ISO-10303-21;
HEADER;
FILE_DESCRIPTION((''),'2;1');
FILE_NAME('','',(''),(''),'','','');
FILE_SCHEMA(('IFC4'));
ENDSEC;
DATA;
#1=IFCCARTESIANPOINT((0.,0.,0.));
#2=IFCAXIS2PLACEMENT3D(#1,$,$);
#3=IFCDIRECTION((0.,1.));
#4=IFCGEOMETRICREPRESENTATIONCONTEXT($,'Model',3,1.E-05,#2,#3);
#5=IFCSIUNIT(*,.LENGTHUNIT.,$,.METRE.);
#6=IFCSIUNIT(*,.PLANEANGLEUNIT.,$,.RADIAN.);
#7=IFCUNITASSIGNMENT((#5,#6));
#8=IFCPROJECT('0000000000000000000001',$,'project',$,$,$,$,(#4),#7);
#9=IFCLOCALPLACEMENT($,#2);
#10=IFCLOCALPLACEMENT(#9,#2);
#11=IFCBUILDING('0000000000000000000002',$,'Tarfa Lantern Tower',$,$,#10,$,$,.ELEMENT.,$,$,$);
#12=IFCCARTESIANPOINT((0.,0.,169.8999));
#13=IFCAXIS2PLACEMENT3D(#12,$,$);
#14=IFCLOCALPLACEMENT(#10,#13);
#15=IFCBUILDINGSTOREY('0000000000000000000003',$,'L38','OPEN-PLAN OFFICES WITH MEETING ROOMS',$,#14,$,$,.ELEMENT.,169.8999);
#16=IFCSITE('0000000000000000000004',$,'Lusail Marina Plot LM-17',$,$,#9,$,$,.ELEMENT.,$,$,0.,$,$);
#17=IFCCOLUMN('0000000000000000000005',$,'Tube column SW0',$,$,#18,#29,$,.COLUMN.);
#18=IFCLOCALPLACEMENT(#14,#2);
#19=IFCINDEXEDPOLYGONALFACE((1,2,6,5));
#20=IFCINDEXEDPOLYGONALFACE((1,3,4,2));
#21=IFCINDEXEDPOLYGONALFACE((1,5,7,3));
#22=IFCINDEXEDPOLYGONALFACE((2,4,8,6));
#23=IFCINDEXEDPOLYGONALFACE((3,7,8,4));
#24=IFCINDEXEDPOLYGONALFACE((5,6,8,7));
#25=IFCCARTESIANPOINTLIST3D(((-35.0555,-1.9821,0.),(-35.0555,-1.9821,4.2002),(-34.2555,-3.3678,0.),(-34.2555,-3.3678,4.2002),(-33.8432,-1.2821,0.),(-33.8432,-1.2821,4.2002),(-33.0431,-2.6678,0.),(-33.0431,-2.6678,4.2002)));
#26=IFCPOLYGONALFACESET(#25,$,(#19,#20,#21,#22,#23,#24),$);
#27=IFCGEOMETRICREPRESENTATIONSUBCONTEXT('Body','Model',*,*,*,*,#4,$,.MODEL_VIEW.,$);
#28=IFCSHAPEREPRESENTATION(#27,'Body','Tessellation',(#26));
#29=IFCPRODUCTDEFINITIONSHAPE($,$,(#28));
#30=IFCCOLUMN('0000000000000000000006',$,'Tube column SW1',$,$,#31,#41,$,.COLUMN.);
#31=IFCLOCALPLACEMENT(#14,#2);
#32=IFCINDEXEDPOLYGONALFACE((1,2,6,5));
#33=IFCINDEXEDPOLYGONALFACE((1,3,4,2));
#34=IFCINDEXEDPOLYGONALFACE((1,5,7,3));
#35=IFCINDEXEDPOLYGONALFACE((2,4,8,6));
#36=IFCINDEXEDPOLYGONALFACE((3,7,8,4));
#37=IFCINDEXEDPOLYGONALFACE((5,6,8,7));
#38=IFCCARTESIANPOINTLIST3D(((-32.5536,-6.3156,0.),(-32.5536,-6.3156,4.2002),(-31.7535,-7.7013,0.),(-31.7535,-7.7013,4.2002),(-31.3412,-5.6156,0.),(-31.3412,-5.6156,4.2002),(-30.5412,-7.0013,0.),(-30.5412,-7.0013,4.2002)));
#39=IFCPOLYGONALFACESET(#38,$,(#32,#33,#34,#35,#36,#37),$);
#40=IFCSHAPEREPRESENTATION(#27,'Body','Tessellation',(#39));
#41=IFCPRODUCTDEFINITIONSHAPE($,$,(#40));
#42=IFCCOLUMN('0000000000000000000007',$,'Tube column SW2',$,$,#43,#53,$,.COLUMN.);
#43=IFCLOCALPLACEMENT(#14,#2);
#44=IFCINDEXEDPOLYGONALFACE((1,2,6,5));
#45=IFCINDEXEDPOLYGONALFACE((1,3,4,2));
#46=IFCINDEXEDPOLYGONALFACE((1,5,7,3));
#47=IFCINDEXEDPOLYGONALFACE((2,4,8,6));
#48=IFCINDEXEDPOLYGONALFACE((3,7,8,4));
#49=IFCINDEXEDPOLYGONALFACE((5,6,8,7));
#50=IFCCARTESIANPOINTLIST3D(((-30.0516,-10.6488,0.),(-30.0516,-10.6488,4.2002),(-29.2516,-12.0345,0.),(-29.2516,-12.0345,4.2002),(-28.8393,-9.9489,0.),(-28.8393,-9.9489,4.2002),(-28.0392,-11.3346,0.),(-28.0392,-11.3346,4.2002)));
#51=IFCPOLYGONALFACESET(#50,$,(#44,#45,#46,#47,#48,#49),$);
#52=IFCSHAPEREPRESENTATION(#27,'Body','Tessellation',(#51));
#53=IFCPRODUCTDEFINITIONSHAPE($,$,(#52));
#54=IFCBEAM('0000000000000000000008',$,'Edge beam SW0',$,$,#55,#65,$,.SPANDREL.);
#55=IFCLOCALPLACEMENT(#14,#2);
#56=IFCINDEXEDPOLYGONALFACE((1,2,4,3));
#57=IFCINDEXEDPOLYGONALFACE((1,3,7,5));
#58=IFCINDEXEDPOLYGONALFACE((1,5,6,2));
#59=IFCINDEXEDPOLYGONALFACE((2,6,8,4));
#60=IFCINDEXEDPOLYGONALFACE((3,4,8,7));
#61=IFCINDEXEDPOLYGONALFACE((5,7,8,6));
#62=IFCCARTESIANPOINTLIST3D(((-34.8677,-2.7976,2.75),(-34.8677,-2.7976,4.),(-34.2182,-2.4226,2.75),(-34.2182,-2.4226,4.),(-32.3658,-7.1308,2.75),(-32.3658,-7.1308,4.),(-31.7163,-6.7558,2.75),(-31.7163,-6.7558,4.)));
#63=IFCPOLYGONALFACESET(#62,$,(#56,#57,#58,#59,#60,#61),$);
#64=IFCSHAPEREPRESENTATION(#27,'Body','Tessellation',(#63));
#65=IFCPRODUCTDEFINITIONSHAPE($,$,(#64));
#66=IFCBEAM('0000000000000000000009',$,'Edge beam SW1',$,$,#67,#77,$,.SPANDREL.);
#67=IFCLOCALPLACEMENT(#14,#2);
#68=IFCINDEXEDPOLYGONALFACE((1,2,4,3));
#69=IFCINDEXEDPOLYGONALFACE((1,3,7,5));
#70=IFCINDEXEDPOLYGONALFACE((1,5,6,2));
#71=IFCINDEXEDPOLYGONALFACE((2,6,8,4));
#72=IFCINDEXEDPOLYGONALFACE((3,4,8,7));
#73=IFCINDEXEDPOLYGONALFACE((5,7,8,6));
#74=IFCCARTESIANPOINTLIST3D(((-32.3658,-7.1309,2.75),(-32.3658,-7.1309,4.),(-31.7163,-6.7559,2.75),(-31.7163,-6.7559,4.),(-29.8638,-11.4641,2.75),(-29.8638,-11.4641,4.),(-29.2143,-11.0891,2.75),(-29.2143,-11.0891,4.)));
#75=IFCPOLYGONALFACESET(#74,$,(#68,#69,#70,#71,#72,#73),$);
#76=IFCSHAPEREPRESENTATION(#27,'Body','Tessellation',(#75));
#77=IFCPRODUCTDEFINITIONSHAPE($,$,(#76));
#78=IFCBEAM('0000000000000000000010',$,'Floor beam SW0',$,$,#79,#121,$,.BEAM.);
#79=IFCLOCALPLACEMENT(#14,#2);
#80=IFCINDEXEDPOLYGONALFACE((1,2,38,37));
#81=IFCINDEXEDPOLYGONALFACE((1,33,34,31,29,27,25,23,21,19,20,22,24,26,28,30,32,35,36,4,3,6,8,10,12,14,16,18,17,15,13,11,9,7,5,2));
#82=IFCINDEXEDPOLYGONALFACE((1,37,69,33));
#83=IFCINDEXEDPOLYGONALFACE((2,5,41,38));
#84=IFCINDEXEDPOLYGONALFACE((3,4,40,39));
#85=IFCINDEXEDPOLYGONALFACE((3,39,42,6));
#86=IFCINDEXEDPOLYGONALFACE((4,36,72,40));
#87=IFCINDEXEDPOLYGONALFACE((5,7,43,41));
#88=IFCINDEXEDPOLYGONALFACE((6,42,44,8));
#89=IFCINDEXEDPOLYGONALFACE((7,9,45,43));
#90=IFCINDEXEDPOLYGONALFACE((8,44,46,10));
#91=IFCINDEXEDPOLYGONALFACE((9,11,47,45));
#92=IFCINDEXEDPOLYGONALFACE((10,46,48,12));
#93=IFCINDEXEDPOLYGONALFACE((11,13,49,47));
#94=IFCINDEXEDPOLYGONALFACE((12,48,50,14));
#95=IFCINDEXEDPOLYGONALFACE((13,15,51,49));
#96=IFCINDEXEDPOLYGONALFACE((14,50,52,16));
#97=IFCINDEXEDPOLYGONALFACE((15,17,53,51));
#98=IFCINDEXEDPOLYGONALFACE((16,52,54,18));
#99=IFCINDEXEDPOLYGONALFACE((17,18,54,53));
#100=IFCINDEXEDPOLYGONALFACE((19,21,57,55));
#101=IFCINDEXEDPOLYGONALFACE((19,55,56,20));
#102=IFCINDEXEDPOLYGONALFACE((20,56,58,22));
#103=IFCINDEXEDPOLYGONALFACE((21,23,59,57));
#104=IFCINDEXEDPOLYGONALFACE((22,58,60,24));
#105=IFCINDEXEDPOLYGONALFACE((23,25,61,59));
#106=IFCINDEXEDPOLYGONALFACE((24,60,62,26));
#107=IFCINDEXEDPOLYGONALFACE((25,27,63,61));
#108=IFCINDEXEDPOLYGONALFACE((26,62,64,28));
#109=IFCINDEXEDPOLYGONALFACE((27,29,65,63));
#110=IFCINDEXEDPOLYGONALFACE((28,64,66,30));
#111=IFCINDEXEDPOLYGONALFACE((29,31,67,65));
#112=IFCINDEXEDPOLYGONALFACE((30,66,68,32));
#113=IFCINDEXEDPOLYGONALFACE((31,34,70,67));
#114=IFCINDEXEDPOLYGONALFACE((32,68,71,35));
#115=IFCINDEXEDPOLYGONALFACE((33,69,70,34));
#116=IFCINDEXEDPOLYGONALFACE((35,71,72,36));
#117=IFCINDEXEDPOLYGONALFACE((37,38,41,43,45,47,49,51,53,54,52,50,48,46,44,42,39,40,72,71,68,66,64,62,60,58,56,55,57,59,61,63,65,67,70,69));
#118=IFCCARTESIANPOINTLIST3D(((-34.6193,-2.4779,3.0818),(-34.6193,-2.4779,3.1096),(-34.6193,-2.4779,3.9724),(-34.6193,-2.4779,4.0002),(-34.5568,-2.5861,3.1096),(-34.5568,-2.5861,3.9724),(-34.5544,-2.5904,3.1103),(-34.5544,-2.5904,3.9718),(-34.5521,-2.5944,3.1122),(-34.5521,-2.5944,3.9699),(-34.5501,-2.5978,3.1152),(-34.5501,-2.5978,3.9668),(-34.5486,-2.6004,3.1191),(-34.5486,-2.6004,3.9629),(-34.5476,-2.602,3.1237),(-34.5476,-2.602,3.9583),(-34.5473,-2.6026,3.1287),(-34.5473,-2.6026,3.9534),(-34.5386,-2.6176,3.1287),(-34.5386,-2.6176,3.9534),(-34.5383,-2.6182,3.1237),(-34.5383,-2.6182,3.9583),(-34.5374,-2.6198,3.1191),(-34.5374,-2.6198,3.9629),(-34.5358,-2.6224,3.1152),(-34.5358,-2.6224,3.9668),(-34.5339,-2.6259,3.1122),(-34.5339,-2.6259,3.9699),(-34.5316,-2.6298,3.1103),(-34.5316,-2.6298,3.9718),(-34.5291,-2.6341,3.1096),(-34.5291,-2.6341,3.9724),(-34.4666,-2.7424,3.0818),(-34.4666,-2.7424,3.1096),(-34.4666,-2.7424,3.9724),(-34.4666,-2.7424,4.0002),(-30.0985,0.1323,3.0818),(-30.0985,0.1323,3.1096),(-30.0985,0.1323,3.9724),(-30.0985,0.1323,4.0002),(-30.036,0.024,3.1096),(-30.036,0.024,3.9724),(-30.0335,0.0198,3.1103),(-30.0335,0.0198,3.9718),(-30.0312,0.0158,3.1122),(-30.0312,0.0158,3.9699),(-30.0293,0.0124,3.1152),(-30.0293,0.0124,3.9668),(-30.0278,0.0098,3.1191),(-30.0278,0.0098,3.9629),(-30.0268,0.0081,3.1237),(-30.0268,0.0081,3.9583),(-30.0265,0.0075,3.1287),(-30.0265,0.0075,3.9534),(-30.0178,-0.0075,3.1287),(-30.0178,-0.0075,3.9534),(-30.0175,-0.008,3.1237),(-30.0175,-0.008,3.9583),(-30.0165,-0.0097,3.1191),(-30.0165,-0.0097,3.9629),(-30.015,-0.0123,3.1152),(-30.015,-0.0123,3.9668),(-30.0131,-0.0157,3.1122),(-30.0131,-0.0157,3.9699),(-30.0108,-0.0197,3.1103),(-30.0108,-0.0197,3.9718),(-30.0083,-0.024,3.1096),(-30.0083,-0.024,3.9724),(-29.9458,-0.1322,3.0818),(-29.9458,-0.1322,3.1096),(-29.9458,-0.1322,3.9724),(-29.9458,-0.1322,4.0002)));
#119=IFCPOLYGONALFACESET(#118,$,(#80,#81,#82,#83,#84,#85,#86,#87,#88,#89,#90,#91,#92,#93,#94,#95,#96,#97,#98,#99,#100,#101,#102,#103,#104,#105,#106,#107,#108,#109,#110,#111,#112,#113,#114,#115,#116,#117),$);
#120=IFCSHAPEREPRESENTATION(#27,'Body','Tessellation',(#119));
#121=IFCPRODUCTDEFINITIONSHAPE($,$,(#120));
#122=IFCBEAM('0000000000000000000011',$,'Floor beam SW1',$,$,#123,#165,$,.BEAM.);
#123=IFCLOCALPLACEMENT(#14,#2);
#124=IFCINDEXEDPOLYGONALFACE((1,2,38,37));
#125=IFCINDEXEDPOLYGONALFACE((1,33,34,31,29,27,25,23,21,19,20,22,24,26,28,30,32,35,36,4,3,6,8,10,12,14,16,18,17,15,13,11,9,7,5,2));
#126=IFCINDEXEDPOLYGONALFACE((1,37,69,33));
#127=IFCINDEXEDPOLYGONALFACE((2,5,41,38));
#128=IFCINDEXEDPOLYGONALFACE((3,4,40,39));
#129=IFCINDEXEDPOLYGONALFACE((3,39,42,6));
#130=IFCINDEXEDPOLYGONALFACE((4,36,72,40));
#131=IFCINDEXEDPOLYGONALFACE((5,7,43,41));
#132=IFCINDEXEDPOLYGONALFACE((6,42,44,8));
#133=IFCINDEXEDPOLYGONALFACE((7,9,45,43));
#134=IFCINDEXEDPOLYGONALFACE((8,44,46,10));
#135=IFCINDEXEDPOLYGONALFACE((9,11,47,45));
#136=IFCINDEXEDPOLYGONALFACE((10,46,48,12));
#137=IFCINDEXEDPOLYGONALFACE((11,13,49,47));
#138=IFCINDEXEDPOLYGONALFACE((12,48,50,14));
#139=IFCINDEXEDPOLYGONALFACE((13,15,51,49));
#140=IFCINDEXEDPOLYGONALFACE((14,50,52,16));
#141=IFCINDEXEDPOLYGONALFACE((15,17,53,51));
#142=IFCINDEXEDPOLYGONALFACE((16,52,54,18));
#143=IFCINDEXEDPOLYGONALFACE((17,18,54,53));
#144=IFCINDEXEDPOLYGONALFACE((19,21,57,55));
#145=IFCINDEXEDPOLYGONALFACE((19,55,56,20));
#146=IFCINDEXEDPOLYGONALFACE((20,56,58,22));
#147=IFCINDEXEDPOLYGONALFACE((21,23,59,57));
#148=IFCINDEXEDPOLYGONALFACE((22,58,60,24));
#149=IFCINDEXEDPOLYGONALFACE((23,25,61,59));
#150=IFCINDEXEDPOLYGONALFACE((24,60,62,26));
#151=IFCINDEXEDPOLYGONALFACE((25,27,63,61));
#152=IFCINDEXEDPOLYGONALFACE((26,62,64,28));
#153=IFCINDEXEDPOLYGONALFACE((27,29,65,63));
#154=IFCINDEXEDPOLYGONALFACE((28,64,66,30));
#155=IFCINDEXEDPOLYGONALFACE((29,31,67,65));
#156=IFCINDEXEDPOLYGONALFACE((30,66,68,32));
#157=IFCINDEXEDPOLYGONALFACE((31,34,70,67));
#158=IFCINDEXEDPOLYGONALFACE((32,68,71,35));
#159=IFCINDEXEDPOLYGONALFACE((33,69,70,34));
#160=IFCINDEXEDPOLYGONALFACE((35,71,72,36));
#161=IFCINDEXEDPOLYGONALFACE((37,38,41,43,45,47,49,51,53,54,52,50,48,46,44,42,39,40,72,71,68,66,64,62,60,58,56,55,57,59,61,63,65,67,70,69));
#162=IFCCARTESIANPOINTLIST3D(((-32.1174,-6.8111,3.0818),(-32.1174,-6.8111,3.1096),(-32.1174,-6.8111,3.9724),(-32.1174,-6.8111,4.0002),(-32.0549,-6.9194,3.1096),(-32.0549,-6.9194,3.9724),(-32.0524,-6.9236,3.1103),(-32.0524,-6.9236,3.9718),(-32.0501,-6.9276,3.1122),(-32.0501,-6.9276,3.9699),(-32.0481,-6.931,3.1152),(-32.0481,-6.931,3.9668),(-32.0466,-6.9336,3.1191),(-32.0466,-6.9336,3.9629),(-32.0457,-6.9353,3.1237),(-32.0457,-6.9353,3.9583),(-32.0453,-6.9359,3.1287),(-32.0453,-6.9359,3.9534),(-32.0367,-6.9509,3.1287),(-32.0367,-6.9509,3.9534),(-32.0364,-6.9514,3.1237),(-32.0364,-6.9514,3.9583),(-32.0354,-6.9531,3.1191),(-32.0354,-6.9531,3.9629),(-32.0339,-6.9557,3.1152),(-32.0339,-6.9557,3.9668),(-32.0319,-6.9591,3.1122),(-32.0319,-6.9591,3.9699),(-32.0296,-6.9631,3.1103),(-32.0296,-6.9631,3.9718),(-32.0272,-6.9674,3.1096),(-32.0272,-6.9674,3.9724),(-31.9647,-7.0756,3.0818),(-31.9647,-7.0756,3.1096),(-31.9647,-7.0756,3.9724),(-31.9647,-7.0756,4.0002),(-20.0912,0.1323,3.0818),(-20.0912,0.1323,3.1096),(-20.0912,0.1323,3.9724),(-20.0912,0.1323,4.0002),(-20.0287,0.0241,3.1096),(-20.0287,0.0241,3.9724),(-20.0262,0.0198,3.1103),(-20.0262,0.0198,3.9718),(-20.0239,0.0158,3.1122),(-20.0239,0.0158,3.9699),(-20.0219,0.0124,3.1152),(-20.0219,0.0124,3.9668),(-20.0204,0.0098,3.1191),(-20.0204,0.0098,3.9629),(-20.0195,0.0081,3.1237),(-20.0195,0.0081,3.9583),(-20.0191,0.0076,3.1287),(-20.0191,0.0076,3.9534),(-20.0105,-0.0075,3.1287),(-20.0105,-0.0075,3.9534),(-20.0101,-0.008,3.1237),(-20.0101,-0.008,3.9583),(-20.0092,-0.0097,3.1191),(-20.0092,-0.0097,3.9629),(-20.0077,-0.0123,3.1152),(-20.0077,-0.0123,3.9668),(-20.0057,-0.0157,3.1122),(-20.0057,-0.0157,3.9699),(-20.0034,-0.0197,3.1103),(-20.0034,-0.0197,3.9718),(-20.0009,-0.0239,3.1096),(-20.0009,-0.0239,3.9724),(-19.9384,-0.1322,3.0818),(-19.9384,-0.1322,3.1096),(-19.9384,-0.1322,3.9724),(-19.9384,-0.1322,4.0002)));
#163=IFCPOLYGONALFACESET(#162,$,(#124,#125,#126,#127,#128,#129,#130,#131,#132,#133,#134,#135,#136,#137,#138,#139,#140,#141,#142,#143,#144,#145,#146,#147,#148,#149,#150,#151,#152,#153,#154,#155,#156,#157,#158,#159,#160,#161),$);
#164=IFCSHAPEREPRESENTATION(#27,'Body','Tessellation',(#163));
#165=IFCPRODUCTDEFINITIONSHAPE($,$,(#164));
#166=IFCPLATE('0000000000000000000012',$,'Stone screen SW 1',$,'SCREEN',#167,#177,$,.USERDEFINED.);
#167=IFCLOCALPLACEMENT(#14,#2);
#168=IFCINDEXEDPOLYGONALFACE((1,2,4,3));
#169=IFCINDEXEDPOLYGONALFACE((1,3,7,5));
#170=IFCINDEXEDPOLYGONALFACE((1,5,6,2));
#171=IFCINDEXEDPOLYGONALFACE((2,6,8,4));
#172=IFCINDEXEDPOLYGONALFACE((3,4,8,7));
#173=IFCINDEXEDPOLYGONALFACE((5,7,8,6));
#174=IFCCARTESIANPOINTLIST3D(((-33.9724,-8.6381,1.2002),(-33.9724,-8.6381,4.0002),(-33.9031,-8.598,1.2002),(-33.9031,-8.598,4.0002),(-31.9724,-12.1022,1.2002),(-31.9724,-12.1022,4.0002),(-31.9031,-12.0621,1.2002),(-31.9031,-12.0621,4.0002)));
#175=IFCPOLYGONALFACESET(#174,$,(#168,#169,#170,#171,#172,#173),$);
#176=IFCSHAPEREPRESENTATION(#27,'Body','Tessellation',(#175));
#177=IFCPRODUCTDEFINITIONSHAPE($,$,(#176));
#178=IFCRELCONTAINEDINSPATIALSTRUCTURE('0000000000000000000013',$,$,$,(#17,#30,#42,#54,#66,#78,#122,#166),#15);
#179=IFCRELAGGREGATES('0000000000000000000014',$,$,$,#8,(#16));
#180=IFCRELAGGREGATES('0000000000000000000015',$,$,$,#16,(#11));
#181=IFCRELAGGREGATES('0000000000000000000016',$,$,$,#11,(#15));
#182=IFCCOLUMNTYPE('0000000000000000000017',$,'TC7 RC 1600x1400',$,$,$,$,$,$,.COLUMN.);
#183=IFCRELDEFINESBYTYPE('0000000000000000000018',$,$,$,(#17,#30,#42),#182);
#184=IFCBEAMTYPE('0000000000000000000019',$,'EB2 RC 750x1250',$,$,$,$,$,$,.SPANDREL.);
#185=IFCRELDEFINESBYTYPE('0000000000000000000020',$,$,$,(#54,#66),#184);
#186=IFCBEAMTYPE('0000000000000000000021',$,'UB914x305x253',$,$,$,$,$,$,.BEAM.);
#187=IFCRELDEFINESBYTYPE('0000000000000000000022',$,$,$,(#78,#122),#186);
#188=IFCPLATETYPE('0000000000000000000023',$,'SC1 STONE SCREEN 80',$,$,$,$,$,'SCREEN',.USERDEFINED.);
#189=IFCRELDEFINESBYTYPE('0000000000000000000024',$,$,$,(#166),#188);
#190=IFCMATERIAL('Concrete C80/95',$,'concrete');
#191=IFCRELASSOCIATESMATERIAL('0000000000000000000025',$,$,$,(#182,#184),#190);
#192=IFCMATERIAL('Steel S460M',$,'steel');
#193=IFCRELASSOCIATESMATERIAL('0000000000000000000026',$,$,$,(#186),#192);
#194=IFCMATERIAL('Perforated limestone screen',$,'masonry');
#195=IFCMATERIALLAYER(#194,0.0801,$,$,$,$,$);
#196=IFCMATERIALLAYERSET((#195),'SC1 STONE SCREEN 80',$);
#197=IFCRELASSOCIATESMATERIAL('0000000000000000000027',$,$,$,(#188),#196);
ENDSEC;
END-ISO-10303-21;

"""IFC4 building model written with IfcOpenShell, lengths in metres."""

from ifc_helpers import new_model, si_unit, direction, frame, origin, origin_2d, place, context, subcontext, project, spatial, rectangle, i_section, extrude, material, layer, layer_set, material_profile, profile_set, type_object, element, save


model = new_model("IFC4")

# Units and contexts
model_context = context("Model", 3, precision=1e-05, world=origin(), true_north=direction((0.0, 1.0)))
body_context = subcontext(model_context, "Body", "Model", "MODEL_VIEW")
ifc_project = project(units=[si_unit("LENGTHUNIT", "METRE"), si_unit("PLANEANGLEUNIT", "RADIAN")], contexts=[model_context])

# Site, building, storey
site_placement = place(None, origin())
site = spatial("IfcSite", under=ifc_project, at=site_placement, Name="Lusail Marina Plot LM-17", CompositionType="ELEMENT", RefElevation=0.0)
building_placement = place(site_placement, origin())
building = spatial("IfcBuilding", under=site, at=building_placement, Name="Tarfa Lantern Tower", CompositionType="ELEMENT")
storey_placement = place(building_placement, frame((0.0, 0.0, 169.8999)))
storey = spatial("IfcBuildingStorey", under=building, at=storey_placement, Name="L38", Description="OPEN-PLAN OFFICES WITH MEETING ROOMS", CompositionType="ELEMENT", Elevation=169.8999)

# Columns
ifc_material_1 = material(Name="Concrete C80/95", Category="concrete")
ifc_material_profile_1 = material_profile(ifc_material_1, rectangle(XDim=1.6001, YDim=1.3999, at=origin_2d()), Name="RC 1600x1400")
ifc_profile_set_1 = profile_set([ifc_material_profile_1], Name="Concrete C80/95")
column_type = type_object("IfcColumnType", Name="TC7 RC 1600x1400", PredefinedType="COLUMN", material=ifc_profile_set_1)
for number, where, z_axis, x_axis, name in (
    (1, (-34.0493, -2.325, 0.0), (0.0, 0.0, 1.0), (0.5, -0.866025, 0.0), "Tube column SW0"),
    (2, (-31.5474, -6.6584, 0.0), (0.0, 0.0, 1.0), (0.5, -0.866025, 0.0), "Tube column SW1"),
    (3, (-29.0454, -10.9917, 0.0), (0.0, 0.0, 1.0), (0.5, -0.866025, 0.0), "Tube column SW2"),
):
    element("IfcColumn", number, at=place(storey_placement, frame(where, z_axis=z_axis, x_axis=x_axis)), inside=storey, type_object=column_type, Name=name, PredefinedType="COLUMN", context=body_context, shape_type="SweptSolid", body=[
        extrude(rectangle(XDim=1.6001, YDim=1.3999, at=origin_2d()), origin(), (0.0, 0.0, 1.0), 4.2002),
    ])

# Beams
ifc_material_profile_2 = material_profile(ifc_material_1, rectangle(XDim=0.75, YDim=1.25, at=origin_2d()), Name="RC 750x1250")
ifc_profile_set_2 = profile_set([ifc_material_profile_2], Name="Concrete C80/95")
beam_type_1 = type_object("IfcBeamType", Name="EB2 RC 750x1250", PredefinedType="SPANDREL", material=ifc_profile_set_2)
for number, where, z_axis, x_axis, name in (
    (4, (-34.543, -2.6101, 3.375), (0.500022, -0.866013, 0.0), (0.866013, 0.500022, 0.0), "Edge beam SW0"),
    (5, (-32.041, -6.9434, 3.375), (0.500022, -0.866013, 0.0), (0.866013, 0.500022, 0.0), "Edge beam SW1"),
):
    element("IfcBeam", number, at=place(storey_placement, frame(where, z_axis=z_axis, x_axis=x_axis)), inside=storey, type_object=beam_type_1, Name=name, PredefinedType="SPANDREL", context=body_context, shape_type="SweptSolid", body=[
        extrude(rectangle(XDim=0.75, YDim=1.25, at=origin_2d()), origin(), (0.0, 0.0, 1.0), 5.0037),
    ])
ifc_material_2 = material(Name="Steel S460M", Category="steel")
ifc_material_profile_3 = material_profile(ifc_material_2, i_section(OverallWidth=0.3054, OverallDepth=0.9185, WebThickness=0.0173, FlangeThickness=0.0278, FilletRadius=0.019, at=origin_2d()), Name="UB914x305x253")
ifc_profile_set_3 = profile_set([ifc_material_profile_3], Name="Steel S460M")
beam_type_2 = type_object("IfcBeamType", Name="UB914x305x253", PredefinedType="BEAM", material=ifc_profile_set_3)
beam_1_placement = place(storey_placement, frame((-34.543, -2.6101, 3.541), z_axis=(0.866021, 0.500007, 0.0), x_axis=(-0.500007, 0.866021, 0.0)))
element("IfcBeam", 6, at=beam_1_placement, inside=storey, type_object=beam_type_2, Name="Floor beam SW0", PredefinedType="BEAM", context=body_context, shape_type="SweptSolid", body=[
    extrude(i_section(OverallWidth=0.3054, OverallDepth=0.9185, WebThickness=0.0173, FlangeThickness=0.0278, FilletRadius=0.019, at=origin_2d()), origin(), (0.0, 0.0, 1.0), 5.2202),
])
beam_2_placement = place(storey_placement, frame((-32.041, -6.9434, 3.541), z_axis=(0.866023, 0.500004, 0.0), x_axis=(-0.500004, 0.866023, 0.0)))
element("IfcBeam", 7, at=beam_2_placement, inside=storey, type_object=beam_type_2, Name="Floor beam SW1", PredefinedType="BEAM", context=body_context, shape_type="SweptSolid", body=[
    extrude(i_section(OverallWidth=0.3054, OverallDepth=0.9185, WebThickness=0.0173, FlangeThickness=0.0278, FilletRadius=0.019, at=origin_2d()), origin(), (0.0, 0.0, 1.0), 13.8867),
])

# Plate
ifc_material_3 = material(Name="Perforated limestone screen", Category="masonry")
ifc_layer_1 = layer(ifc_material_3, 0.0801)
ifc_layer_set_1 = layer_set([ifc_layer_1], Name="SC1 STONE SCREEN 80")
plate_type = type_object("IfcPlateType", Name="SC1 STONE SCREEN 80", ElementType="SCREEN", PredefinedType="USERDEFINED", material=ifc_layer_set_1)
plate_placement = place(storey_placement, frame((-32.9377, -10.3501, 1.2002), z_axis=(0.0, 0.0, 1.0), x_axis=(0.5, -0.866025, 0.0)))
element("IfcPlate", 8, at=plate_placement, inside=storey, type_object=plate_type, Name="Stone screen SW 1", ObjectType="SCREEN", PredefinedType="USERDEFINED", context=body_context, shape_type="SweptSolid", body=[
    extrude(rectangle(XDim=4.0, YDim=0.0801, at=origin_2d()), origin(), (0.0, 0.0, 1.0), 2.8),
])

save(model, "model.ifc")
